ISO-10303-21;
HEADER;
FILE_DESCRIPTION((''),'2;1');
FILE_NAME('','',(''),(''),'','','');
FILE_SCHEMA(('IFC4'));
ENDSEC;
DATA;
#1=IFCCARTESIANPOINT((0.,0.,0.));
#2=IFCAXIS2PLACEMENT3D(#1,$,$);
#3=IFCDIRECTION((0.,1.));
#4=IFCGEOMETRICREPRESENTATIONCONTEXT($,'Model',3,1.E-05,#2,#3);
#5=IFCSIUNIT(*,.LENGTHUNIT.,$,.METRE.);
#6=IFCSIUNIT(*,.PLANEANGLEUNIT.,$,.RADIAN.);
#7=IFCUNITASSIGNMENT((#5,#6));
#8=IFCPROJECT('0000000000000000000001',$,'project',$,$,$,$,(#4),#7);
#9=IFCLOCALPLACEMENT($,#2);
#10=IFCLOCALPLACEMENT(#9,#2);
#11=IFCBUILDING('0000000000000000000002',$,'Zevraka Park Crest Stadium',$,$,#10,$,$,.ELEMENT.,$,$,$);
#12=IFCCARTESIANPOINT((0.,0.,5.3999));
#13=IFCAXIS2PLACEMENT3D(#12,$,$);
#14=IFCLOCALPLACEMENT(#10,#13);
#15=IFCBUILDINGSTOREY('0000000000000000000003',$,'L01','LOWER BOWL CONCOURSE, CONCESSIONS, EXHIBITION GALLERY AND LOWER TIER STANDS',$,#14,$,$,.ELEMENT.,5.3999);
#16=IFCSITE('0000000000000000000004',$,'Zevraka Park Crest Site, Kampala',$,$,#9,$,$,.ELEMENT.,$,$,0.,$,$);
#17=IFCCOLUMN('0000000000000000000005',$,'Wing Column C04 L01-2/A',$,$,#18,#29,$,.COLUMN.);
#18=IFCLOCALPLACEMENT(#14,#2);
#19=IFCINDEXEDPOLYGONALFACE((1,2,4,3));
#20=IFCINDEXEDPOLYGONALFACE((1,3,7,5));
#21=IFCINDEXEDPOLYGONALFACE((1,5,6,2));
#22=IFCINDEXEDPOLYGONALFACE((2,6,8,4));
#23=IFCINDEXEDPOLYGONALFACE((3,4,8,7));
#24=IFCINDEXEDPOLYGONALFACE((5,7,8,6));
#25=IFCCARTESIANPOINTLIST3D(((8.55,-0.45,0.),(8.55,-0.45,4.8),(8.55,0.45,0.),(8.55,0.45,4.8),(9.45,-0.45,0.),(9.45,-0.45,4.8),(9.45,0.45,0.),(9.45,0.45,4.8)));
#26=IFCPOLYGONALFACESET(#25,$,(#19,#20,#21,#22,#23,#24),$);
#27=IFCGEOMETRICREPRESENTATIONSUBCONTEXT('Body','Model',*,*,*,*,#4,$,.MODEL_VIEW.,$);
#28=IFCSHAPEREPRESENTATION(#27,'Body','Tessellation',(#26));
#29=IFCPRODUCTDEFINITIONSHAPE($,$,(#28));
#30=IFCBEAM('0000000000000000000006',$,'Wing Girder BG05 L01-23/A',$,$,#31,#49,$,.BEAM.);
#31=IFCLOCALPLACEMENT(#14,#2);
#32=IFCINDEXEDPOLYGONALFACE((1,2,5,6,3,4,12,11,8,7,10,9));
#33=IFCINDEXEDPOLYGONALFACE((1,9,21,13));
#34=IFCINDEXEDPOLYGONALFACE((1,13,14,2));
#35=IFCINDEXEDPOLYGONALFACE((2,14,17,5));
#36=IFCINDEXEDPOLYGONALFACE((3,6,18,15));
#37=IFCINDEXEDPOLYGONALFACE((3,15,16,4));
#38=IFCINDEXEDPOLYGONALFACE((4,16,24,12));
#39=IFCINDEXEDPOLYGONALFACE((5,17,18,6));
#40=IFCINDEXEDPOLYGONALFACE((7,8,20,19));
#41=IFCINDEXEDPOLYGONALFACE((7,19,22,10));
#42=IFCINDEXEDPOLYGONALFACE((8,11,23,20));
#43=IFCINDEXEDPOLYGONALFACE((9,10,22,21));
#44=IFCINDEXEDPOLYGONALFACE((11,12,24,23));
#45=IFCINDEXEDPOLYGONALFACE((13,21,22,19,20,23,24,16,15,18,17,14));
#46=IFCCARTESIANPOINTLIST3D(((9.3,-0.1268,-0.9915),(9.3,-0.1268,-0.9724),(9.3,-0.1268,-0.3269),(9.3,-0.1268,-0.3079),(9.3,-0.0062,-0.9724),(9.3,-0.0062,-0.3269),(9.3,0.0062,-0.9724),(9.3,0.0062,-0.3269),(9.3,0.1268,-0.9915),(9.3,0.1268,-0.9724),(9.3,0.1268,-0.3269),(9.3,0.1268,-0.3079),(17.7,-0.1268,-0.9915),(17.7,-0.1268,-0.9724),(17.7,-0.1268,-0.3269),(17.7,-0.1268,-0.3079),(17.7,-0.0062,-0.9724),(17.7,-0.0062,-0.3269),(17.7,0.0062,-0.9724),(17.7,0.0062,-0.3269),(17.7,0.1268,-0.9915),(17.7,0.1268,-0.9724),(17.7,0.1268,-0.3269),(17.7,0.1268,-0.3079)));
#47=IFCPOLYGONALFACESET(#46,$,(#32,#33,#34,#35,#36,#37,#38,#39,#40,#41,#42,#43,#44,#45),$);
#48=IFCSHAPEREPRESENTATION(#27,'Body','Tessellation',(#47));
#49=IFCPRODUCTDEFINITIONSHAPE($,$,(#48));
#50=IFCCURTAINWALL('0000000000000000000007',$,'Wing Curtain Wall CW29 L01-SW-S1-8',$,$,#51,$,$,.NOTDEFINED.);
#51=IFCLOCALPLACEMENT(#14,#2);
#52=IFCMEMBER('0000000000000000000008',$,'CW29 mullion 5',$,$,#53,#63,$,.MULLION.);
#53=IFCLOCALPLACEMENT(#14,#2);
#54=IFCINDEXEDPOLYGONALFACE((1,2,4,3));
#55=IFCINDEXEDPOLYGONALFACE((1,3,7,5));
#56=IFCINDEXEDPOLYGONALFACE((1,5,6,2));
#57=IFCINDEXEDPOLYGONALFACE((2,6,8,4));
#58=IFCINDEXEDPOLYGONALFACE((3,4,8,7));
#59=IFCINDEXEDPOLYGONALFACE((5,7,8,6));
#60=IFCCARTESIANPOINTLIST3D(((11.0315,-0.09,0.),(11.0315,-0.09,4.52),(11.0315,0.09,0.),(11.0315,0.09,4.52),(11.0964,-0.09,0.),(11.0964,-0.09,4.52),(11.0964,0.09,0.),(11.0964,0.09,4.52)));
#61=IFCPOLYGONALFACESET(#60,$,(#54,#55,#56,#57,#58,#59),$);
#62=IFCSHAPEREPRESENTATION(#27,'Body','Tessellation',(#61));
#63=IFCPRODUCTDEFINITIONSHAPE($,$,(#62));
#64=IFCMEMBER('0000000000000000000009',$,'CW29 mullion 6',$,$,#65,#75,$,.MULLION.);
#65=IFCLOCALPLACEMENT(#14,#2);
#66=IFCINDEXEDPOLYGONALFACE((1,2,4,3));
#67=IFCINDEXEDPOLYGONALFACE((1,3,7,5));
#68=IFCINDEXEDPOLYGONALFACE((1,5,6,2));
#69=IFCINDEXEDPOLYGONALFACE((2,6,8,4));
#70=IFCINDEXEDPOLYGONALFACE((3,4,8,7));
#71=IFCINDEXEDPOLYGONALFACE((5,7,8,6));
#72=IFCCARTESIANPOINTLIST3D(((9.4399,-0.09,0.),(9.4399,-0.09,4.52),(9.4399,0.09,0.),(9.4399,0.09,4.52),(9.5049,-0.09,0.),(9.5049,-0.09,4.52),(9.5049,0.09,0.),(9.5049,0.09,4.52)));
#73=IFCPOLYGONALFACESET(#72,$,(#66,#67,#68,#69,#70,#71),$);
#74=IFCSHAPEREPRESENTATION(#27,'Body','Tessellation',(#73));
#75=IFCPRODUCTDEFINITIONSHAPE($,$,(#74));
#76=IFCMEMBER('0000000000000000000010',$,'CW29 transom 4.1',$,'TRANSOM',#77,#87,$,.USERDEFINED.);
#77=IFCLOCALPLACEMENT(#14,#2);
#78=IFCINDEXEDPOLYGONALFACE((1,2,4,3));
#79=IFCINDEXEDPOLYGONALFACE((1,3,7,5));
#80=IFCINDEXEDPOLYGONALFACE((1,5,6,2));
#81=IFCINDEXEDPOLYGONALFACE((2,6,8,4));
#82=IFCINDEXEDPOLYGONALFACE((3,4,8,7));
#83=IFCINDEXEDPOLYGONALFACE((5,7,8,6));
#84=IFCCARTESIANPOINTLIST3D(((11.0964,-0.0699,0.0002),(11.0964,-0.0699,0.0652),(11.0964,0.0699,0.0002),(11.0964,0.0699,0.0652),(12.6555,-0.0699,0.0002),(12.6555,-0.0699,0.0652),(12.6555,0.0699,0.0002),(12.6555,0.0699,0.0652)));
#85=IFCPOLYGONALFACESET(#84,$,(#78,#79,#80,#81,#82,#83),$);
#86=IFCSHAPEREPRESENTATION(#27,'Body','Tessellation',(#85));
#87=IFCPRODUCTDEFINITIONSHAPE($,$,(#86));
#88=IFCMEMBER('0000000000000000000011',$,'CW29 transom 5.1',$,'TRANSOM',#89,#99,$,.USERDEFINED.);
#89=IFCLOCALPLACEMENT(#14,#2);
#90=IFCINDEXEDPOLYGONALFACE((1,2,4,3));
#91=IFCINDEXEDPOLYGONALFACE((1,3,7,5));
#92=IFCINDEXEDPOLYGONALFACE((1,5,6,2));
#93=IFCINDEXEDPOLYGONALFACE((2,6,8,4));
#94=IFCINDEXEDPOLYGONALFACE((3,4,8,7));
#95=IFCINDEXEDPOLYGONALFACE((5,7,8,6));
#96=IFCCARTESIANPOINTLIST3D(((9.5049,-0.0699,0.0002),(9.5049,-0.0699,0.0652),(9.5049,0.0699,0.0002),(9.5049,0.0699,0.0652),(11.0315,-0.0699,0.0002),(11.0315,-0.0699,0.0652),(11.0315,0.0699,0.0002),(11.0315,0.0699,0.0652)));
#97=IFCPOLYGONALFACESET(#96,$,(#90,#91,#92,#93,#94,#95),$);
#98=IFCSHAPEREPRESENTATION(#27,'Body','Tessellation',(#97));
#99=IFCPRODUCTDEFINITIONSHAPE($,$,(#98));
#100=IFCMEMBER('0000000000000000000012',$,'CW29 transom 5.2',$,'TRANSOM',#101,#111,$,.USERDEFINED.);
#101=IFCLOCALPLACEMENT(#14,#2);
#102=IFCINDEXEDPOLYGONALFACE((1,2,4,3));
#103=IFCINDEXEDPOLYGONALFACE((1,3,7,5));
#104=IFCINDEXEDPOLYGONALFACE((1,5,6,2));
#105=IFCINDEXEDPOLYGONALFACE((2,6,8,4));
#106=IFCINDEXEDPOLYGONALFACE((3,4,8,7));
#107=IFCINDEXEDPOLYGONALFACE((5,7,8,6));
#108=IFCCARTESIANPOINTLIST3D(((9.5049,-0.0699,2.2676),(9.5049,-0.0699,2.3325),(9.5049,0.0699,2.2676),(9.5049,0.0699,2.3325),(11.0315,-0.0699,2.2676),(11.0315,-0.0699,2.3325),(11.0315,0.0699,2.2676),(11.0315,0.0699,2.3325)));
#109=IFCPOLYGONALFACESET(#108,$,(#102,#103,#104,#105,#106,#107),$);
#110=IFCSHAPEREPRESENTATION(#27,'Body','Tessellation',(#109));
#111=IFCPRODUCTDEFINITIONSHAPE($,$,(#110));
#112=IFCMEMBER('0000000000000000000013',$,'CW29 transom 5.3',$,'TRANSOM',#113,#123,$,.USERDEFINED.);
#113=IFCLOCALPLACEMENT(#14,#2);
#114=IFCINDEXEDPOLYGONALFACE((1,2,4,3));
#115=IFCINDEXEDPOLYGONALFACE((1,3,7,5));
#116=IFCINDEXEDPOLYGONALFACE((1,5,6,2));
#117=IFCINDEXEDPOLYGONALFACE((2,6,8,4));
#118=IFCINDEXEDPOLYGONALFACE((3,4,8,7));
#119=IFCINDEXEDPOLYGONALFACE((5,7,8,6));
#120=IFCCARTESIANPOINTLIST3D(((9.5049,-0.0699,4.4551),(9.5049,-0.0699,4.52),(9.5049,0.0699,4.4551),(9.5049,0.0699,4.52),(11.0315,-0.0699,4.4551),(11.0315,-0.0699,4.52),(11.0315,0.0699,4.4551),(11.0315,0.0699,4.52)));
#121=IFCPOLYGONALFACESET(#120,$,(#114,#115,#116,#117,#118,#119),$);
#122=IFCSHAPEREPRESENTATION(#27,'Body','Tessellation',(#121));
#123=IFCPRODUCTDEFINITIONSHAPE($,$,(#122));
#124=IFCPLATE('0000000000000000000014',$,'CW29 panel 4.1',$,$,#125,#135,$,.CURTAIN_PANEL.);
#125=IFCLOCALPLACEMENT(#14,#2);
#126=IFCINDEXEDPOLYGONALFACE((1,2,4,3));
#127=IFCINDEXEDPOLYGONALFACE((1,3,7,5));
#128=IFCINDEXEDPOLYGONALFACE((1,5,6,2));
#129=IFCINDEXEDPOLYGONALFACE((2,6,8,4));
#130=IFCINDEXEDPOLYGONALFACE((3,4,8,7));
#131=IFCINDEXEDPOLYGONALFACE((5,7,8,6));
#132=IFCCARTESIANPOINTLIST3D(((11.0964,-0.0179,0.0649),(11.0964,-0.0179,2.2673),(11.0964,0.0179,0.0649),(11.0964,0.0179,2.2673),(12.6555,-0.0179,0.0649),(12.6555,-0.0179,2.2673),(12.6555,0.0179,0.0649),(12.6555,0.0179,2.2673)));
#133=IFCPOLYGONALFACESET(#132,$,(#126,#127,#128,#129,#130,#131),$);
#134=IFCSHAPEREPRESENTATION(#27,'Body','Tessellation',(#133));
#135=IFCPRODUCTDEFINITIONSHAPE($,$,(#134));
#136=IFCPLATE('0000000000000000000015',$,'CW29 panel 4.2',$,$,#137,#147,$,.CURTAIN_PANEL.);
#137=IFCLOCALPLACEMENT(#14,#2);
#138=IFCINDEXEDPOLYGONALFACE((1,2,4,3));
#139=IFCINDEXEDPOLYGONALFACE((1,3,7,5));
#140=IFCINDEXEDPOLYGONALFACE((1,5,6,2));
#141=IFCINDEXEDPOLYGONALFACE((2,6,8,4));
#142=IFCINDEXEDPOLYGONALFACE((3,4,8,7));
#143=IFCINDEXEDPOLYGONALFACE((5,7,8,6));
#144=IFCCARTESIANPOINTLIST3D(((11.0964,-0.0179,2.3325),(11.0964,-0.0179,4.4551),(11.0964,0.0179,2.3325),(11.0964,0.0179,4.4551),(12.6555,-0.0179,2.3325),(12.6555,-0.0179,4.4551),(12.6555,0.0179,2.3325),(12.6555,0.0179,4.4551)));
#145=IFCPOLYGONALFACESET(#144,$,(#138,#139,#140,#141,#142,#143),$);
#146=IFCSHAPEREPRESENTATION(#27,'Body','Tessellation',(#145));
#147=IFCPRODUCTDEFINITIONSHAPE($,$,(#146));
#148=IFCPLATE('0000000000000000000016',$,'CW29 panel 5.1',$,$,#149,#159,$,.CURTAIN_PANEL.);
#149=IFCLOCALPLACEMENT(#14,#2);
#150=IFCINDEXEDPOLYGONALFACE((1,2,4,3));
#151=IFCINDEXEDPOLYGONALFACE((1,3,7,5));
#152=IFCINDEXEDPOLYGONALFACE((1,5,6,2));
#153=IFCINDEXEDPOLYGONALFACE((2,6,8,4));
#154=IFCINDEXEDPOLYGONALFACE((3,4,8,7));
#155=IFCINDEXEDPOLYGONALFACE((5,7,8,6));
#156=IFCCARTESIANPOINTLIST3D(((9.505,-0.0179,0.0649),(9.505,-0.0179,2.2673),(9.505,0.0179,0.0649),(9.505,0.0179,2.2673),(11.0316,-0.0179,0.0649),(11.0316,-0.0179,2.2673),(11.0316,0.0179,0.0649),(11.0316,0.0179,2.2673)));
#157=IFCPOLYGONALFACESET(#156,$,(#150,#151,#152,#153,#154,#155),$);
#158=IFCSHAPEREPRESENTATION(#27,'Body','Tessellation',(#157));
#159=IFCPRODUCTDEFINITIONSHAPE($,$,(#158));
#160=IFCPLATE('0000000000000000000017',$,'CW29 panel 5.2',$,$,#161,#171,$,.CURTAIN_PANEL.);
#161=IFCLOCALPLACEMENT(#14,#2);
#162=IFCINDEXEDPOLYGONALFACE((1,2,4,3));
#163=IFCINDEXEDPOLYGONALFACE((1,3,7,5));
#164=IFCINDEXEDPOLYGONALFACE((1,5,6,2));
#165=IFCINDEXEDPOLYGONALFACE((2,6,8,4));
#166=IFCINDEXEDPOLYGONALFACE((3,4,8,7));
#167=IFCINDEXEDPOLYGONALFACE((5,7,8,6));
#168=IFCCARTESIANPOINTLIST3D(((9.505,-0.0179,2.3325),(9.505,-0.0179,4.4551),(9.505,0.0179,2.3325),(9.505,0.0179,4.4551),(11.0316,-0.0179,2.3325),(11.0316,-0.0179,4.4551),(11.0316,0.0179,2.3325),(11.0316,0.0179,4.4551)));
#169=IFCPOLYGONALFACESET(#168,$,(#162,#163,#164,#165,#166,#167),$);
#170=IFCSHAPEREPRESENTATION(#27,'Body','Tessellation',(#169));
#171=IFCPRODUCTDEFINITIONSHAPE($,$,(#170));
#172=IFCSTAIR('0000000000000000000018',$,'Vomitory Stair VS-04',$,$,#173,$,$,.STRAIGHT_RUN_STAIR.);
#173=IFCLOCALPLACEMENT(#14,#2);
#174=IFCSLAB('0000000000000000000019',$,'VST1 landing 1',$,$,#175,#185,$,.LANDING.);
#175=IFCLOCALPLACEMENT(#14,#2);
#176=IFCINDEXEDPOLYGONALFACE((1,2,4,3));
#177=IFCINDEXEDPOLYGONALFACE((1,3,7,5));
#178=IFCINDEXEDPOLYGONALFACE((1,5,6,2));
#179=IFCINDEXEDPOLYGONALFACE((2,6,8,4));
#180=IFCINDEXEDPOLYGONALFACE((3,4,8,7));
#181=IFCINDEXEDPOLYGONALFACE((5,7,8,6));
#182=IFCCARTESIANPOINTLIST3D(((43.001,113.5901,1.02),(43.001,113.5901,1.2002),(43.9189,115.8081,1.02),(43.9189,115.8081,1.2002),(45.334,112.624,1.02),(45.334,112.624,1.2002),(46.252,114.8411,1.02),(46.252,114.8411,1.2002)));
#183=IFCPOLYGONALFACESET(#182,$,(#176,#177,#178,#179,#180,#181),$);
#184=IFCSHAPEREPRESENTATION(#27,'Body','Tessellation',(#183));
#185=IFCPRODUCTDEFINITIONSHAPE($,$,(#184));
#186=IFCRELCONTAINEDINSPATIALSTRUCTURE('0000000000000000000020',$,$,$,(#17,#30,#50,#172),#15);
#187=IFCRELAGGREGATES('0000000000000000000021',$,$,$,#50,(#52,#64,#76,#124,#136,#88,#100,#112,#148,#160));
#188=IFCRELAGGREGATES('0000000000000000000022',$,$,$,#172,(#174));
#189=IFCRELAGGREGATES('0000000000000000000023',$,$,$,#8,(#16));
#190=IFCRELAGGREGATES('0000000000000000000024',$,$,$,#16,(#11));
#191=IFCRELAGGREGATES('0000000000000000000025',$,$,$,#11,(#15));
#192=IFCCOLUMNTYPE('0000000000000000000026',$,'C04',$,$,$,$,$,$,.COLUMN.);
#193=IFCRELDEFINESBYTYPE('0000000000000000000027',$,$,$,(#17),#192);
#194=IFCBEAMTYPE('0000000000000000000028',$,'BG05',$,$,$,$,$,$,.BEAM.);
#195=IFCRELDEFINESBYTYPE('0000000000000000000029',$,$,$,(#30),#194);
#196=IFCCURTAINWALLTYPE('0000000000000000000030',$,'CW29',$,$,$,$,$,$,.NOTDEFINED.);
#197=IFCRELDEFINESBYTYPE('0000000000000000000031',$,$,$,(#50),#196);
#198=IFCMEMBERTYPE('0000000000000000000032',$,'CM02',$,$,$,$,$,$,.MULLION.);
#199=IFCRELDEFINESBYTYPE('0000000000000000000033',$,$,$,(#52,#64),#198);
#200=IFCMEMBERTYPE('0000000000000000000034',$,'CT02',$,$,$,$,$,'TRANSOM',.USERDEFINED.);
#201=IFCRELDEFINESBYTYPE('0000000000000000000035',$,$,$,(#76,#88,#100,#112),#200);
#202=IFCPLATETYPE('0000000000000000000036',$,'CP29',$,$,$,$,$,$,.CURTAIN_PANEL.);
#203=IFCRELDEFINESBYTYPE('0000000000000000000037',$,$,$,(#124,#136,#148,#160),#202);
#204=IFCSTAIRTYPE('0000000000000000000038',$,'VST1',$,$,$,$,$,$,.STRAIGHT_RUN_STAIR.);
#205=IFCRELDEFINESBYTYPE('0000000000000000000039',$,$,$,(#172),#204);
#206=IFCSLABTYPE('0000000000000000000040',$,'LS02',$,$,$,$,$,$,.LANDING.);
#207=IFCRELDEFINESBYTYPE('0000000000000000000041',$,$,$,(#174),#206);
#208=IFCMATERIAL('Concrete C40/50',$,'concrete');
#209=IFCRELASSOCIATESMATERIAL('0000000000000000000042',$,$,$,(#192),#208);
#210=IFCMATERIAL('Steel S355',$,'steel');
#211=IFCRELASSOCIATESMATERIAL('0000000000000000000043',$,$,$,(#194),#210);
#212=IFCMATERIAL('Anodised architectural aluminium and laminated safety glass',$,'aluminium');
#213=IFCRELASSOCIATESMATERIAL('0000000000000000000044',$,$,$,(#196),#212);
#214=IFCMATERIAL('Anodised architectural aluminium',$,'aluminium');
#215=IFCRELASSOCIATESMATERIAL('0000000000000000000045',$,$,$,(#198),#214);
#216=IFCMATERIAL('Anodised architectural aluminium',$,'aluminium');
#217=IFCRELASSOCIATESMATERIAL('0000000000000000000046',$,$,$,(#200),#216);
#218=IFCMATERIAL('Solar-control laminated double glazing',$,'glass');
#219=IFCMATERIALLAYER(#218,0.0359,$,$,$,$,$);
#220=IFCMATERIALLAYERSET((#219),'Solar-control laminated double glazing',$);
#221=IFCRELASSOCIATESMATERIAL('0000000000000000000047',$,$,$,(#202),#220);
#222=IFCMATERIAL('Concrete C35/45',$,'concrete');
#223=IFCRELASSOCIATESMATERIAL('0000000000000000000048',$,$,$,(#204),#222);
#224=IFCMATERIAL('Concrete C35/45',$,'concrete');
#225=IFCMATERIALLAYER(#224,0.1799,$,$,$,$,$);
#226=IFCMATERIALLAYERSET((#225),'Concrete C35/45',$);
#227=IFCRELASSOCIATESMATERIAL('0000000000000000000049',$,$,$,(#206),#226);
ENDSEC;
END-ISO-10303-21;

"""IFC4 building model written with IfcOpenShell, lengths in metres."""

from ifc_helpers import new_model, si_unit, direction, frame, origin, origin_2d, place, context, subcontext, project, spatial, polyline, rectangle, i_section, outline, extrude, material, layer, layer_set, material_profile, profile_set, type_object, element, aggregate, save


model = new_model("IFC4")

# Units and contexts
model_context = context("Model", 3, precision=1e-05, world=origin(), true_north=direction((0.0, 1.0)))
body_context = subcontext(model_context, "Body", "Model", "MODEL_VIEW")
ifc_project = project(units=[si_unit("LENGTHUNIT", "METRE"), si_unit("PLANEANGLEUNIT", "RADIAN")], contexts=[model_context])

# Site, building, storey
site_placement = place(None, origin())
site = spatial("IfcSite", under=ifc_project, at=site_placement, Name="Zevraka Park Crest Site, Kampala", CompositionType="ELEMENT", RefElevation=0.0)
building_placement = place(site_placement, origin())
building = spatial("IfcBuilding", under=site, at=building_placement, Name="Zevraka Park Crest Stadium", CompositionType="ELEMENT")
storey_placement = place(building_placement, frame((0.0, 0.0, 5.3999)))
storey = spatial("IfcBuildingStorey", under=building, at=storey_placement, Name="L01", Description="LOWER BOWL CONCOURSE, CONCESSIONS, EXHIBITION GALLERY AND LOWER TIER STANDS", CompositionType="ELEMENT", Elevation=5.3999)

# Column
ifc_material_1 = material(Name="Concrete C40/50", Category="concrete")
ifc_material_profile_1 = material_profile(ifc_material_1, rectangle(XDim=0.8999, YDim=0.8999, at=origin_2d()), Name="RC 900x900")
ifc_profile_set_1 = profile_set([ifc_material_profile_1], Name="Concrete C40/50")
column_type = type_object("IfcColumnType", Name="C04", PredefinedType="COLUMN", material=ifc_profile_set_1)
column_placement = place(storey_placement, frame((9.0, 0.0, 0.0), z_axis=(0.0, 0.0, 1.0), x_axis=(1.0, 0.0, 0.0)))
element("IfcColumn", 1, at=column_placement, inside=storey, type_object=column_type, Name="Wing Column C04 L01-2/A", PredefinedType="COLUMN", context=body_context, shape_type="SweptSolid", body=[
    extrude(rectangle(XDim=0.8999, YDim=0.8999, at=origin_2d()), origin(), (0.0, 0.0, 1.0), 4.8),
])

# Beam
ifc_material_2 = material(Name="Steel S355", Category="steel")
ifc_material_profile_2 = material_profile(ifc_material_2, i_section(OverallWidth=0.2537, OverallDepth=0.6836, WebThickness=0.0125, FlangeThickness=0.019, at=origin_2d()), Name="UKB 686x254x140")
ifc_profile_set_2 = profile_set([ifc_material_profile_2], Name="Steel S355")
beam_type = type_object("IfcBeamType", Name="BG05", PredefinedType="BEAM", material=ifc_profile_set_2)
beam_placement = place(storey_placement, frame((9.3, 0.0, -0.6497), z_axis=(1.0, 0.0, 0.0), x_axis=(0.0, 1.0, 0.0)))
element("IfcBeam", 2, at=beam_placement, inside=storey, type_object=beam_type, Name="Wing Girder BG05 L01-23/A", PredefinedType="BEAM", context=body_context, shape_type="SweptSolid", body=[
    extrude(i_section(OverallWidth=0.2537, OverallDepth=0.6836, WebThickness=0.0125, FlangeThickness=0.019, at=origin_2d()), origin(), (0.0, 0.0, 1.0), 8.3999),
])

# Curtain wall, members, plates
ifc_material_3 = material(Name="Anodised architectural aluminium and laminated safety glass", Category="aluminium")
curtain_wall_type = type_object("IfcCurtainWallType", Name="CW29", PredefinedType="NOTDEFINED", material=ifc_material_3)
curtain_wall_placement = place(storey_placement, origin())
curtain_wall = element("IfcCurtainWall", 3, at=curtain_wall_placement, inside=storey, type_object=curtain_wall_type, Name="Wing Curtain Wall CW29 L01-SW-S1-8", PredefinedType="NOTDEFINED")
ifc_material_4 = material(Name="Anodised architectural aluminium", Category="aluminium")
ifc_material_profile_3 = material_profile(ifc_material_4, rectangle(XDim=0.1799, YDim=0.0649, at=origin_2d()), Name="ALU MULLION 180x65")
ifc_profile_set_3 = profile_set([ifc_material_profile_3], Name="Anodised architectural aluminium")
member_type_1 = type_object("IfcMemberType", Name="CM02", PredefinedType="MULLION", material=ifc_profile_set_3)
member_1_placement = place(storey_placement, frame((11.064, 0.0, 0.0), z_axis=(0.0, 0.0, 1.0), x_axis=(0.0, -1.0, 0.0)))
member_1 = element("IfcMember", 4, at=member_1_placement, type_object=member_type_1, Name="CW29 mullion 5", PredefinedType="MULLION", context=body_context, shape_type="SweptSolid", body=[
    extrude(rectangle(XDim=0.1799, YDim=0.0649, at=origin_2d()), origin(), (0.0, 0.0, 1.0), 4.52),
])
member_2_placement = place(storey_placement, frame((9.4724, 0.0, 0.0), z_axis=(0.0, 0.0, 1.0), x_axis=(0.0, -1.0, 0.0)))
member_2 = element("IfcMember", 5, at=member_2_placement, type_object=member_type_1, Name="CW29 mullion 6", PredefinedType="MULLION", context=body_context, shape_type="SweptSolid", body=[
    extrude(rectangle(XDim=0.1799, YDim=0.0649, at=origin_2d()), origin(), (0.0, 0.0, 1.0), 4.52),
])
ifc_material_5 = material(Name="Anodised architectural aluminium", Category="aluminium")
ifc_material_profile_4 = material_profile(ifc_material_5, rectangle(XDim=0.1399, YDim=0.0649, at=origin_2d()), Name="ALU TRANSOM 140x65")
ifc_profile_set_4 = profile_set([ifc_material_profile_4], Name="Anodised architectural aluminium")
member_type_2 = type_object("IfcMemberType", Name="CT02", ElementType="TRANSOM", PredefinedType="USERDEFINED", material=ifc_profile_set_4)
member_3_placement = place(storey_placement, frame((12.6555, 0.0, 0.0327), z_axis=(-1.0, 0.0, 0.0), x_axis=(0.0, -1.0, 0.0)))
member_3 = element("IfcMember", 6, at=member_3_placement, type_object=member_type_2, Name="CW29 transom 4.1", ObjectType="TRANSOM", PredefinedType="USERDEFINED", context=body_context, shape_type="SweptSolid", body=[
    extrude(rectangle(XDim=0.1399, YDim=0.0649, at=origin_2d()), origin(), (0.0, 0.0, 1.0), 1.5591),
])
member_4_placement = place(storey_placement, frame((11.0315, 0.0, 0.0327), z_axis=(-1.0, 0.0, 0.0), x_axis=(0.0, -1.0, 0.0)))
member_4 = element("IfcMember", 7, at=member_4_placement, type_object=member_type_2, Name="CW29 transom 5.1", ObjectType="TRANSOM", PredefinedType="USERDEFINED", context=body_context, shape_type="SweptSolid", body=[
    extrude(rectangle(XDim=0.1399, YDim=0.0649, at=origin_2d()), origin(), (0.0, 0.0, 1.0), 1.5266),
])
member_5_placement = place(storey_placement, frame((11.0315, 0.0, 2.3), z_axis=(-1.0, 0.0, 0.0), x_axis=(0.0, -1.0, 0.0)))
member_5 = element("IfcMember", 8, at=member_5_placement, type_object=member_type_2, Name="CW29 transom 5.2", ObjectType="TRANSOM", PredefinedType="USERDEFINED", context=body_context, shape_type="SweptSolid", body=[
    extrude(rectangle(XDim=0.1399, YDim=0.0649, at=origin_2d()), origin(), (0.0, 0.0, 1.0), 1.5266),
])
member_6_placement = place(storey_placement, frame((11.0315, 0.0, 4.4875), z_axis=(-1.0, 0.0, 0.0), x_axis=(0.0, -1.0, 0.0)))
member_6 = element("IfcMember", 9, at=member_6_placement, type_object=member_type_2, Name="CW29 transom 5.3", ObjectType="TRANSOM", PredefinedType="USERDEFINED", context=body_context, shape_type="SweptSolid", body=[
    extrude(rectangle(XDim=0.1399, YDim=0.0649, at=origin_2d()), origin(), (0.0, 0.0, 1.0), 1.5266),
])
ifc_material_6 = material(Name="Solar-control laminated double glazing", Category="glass")
ifc_layer_1 = layer(ifc_material_6, 0.0359)
ifc_layer_set_1 = layer_set([ifc_layer_1], Name="Solar-control laminated double glazing")
plate_type = type_object("IfcPlateType", Name="CP29", PredefinedType="CURTAIN_PANEL", material=ifc_layer_set_1)
plate_1_placement = place(storey_placement, frame((11.876, 0.0, 0.0649), z_axis=(0.0, 0.0, 1.0), x_axis=(-1.0, 0.0, 0.0)))
plate_1 = element("IfcPlate", 10, at=plate_1_placement, type_object=plate_type, Name="CW29 panel 4.1", PredefinedType="CURTAIN_PANEL", context=body_context, shape_type="SweptSolid", body=[
    extrude(rectangle(XDim=1.5591, YDim=0.0359, at=origin_2d()), origin(), (0.0, 0.0, 1.0), 2.2024),
])
plate_2_placement = place(storey_placement, frame((11.876, 0.0, 2.3325), z_axis=(0.0, 0.0, 1.0), x_axis=(-1.0, 0.0, 0.0)))
plate_2 = element("IfcPlate", 11, at=plate_2_placement, type_object=plate_type, Name="CW29 panel 4.2", PredefinedType="CURTAIN_PANEL", context=body_context, shape_type="SweptSolid", body=[
    extrude(rectangle(XDim=1.5591, YDim=0.0359, at=origin_2d()), origin(), (0.0, 0.0, 1.0), 2.1226),
])
plate_3_placement = place(storey_placement, frame((10.2683, 0.0, 0.0649), z_axis=(0.0, 0.0, 1.0), x_axis=(-1.0, 0.0, 0.0)))
plate_3 = element("IfcPlate", 12, at=plate_3_placement, type_object=plate_type, Name="CW29 panel 5.1", PredefinedType="CURTAIN_PANEL", context=body_context, shape_type="SweptSolid", body=[
    extrude(rectangle(XDim=1.5266, YDim=0.0359, at=origin_2d()), origin(), (0.0, 0.0, 1.0), 2.2024),
])
plate_4_placement = place(storey_placement, frame((10.2683, 0.0, 2.3325), z_axis=(0.0, 0.0, 1.0), x_axis=(-1.0, 0.0, 0.0)))
plate_4 = element("IfcPlate", 13, at=plate_4_placement, type_object=plate_type, Name="CW29 panel 5.2", PredefinedType="CURTAIN_PANEL", context=body_context, shape_type="SweptSolid", body=[
    extrude(rectangle(XDim=1.5266, YDim=0.0359, at=origin_2d()), origin(), (0.0, 0.0, 1.0), 2.1226),
])
aggregate(curtain_wall, [member_1, member_2, member_3, plate_1, plate_2, member_4, member_5, member_6, plate_3, plate_4])

# Stair, slab
ifc_material_7 = material(Name="Concrete C35/45", Category="concrete")
stair_type = type_object("IfcStairType", Name="VST1", PredefinedType="STRAIGHT_RUN_STAIR", material=ifc_material_7)
stair_1_placement = place(storey_placement, origin())
stair_1 = element("IfcStair", 14, at=stair_1_placement, inside=storey, type_object=stair_type, Name="Vomitory Stair VS-04", PredefinedType="STRAIGHT_RUN_STAIR")
ifc_material_8 = material(Name="Concrete C35/45", Category="concrete")
ifc_layer_2 = layer(ifc_material_8, 0.1799)
ifc_layer_set_2 = layer_set([ifc_layer_2], Name="Concrete C35/45")
slab_type = type_object("IfcSlabType", Name="LS02", PredefinedType="LANDING", material=ifc_layer_set_2)
slab_1_placement = place(storey_placement, frame((0.0, 0.0, 1.02)))
slab_1 = element("IfcSlab", 15, at=slab_1_placement, type_object=slab_type, Name="VST1 landing 1", PredefinedType="LANDING", context=body_context, shape_type="SweptSolid", body=[
    extrude(outline(polyline([(43.001, 113.5901), (45.334, 112.624), (46.252, 114.8411), (43.9189, 115.8081), (43.001, 113.5901)])), origin(), (0.0, 0.0, 1.0), 0.1802),
])
aggregate(stair_1, [slab_1])

save(model, "model.ifc")
